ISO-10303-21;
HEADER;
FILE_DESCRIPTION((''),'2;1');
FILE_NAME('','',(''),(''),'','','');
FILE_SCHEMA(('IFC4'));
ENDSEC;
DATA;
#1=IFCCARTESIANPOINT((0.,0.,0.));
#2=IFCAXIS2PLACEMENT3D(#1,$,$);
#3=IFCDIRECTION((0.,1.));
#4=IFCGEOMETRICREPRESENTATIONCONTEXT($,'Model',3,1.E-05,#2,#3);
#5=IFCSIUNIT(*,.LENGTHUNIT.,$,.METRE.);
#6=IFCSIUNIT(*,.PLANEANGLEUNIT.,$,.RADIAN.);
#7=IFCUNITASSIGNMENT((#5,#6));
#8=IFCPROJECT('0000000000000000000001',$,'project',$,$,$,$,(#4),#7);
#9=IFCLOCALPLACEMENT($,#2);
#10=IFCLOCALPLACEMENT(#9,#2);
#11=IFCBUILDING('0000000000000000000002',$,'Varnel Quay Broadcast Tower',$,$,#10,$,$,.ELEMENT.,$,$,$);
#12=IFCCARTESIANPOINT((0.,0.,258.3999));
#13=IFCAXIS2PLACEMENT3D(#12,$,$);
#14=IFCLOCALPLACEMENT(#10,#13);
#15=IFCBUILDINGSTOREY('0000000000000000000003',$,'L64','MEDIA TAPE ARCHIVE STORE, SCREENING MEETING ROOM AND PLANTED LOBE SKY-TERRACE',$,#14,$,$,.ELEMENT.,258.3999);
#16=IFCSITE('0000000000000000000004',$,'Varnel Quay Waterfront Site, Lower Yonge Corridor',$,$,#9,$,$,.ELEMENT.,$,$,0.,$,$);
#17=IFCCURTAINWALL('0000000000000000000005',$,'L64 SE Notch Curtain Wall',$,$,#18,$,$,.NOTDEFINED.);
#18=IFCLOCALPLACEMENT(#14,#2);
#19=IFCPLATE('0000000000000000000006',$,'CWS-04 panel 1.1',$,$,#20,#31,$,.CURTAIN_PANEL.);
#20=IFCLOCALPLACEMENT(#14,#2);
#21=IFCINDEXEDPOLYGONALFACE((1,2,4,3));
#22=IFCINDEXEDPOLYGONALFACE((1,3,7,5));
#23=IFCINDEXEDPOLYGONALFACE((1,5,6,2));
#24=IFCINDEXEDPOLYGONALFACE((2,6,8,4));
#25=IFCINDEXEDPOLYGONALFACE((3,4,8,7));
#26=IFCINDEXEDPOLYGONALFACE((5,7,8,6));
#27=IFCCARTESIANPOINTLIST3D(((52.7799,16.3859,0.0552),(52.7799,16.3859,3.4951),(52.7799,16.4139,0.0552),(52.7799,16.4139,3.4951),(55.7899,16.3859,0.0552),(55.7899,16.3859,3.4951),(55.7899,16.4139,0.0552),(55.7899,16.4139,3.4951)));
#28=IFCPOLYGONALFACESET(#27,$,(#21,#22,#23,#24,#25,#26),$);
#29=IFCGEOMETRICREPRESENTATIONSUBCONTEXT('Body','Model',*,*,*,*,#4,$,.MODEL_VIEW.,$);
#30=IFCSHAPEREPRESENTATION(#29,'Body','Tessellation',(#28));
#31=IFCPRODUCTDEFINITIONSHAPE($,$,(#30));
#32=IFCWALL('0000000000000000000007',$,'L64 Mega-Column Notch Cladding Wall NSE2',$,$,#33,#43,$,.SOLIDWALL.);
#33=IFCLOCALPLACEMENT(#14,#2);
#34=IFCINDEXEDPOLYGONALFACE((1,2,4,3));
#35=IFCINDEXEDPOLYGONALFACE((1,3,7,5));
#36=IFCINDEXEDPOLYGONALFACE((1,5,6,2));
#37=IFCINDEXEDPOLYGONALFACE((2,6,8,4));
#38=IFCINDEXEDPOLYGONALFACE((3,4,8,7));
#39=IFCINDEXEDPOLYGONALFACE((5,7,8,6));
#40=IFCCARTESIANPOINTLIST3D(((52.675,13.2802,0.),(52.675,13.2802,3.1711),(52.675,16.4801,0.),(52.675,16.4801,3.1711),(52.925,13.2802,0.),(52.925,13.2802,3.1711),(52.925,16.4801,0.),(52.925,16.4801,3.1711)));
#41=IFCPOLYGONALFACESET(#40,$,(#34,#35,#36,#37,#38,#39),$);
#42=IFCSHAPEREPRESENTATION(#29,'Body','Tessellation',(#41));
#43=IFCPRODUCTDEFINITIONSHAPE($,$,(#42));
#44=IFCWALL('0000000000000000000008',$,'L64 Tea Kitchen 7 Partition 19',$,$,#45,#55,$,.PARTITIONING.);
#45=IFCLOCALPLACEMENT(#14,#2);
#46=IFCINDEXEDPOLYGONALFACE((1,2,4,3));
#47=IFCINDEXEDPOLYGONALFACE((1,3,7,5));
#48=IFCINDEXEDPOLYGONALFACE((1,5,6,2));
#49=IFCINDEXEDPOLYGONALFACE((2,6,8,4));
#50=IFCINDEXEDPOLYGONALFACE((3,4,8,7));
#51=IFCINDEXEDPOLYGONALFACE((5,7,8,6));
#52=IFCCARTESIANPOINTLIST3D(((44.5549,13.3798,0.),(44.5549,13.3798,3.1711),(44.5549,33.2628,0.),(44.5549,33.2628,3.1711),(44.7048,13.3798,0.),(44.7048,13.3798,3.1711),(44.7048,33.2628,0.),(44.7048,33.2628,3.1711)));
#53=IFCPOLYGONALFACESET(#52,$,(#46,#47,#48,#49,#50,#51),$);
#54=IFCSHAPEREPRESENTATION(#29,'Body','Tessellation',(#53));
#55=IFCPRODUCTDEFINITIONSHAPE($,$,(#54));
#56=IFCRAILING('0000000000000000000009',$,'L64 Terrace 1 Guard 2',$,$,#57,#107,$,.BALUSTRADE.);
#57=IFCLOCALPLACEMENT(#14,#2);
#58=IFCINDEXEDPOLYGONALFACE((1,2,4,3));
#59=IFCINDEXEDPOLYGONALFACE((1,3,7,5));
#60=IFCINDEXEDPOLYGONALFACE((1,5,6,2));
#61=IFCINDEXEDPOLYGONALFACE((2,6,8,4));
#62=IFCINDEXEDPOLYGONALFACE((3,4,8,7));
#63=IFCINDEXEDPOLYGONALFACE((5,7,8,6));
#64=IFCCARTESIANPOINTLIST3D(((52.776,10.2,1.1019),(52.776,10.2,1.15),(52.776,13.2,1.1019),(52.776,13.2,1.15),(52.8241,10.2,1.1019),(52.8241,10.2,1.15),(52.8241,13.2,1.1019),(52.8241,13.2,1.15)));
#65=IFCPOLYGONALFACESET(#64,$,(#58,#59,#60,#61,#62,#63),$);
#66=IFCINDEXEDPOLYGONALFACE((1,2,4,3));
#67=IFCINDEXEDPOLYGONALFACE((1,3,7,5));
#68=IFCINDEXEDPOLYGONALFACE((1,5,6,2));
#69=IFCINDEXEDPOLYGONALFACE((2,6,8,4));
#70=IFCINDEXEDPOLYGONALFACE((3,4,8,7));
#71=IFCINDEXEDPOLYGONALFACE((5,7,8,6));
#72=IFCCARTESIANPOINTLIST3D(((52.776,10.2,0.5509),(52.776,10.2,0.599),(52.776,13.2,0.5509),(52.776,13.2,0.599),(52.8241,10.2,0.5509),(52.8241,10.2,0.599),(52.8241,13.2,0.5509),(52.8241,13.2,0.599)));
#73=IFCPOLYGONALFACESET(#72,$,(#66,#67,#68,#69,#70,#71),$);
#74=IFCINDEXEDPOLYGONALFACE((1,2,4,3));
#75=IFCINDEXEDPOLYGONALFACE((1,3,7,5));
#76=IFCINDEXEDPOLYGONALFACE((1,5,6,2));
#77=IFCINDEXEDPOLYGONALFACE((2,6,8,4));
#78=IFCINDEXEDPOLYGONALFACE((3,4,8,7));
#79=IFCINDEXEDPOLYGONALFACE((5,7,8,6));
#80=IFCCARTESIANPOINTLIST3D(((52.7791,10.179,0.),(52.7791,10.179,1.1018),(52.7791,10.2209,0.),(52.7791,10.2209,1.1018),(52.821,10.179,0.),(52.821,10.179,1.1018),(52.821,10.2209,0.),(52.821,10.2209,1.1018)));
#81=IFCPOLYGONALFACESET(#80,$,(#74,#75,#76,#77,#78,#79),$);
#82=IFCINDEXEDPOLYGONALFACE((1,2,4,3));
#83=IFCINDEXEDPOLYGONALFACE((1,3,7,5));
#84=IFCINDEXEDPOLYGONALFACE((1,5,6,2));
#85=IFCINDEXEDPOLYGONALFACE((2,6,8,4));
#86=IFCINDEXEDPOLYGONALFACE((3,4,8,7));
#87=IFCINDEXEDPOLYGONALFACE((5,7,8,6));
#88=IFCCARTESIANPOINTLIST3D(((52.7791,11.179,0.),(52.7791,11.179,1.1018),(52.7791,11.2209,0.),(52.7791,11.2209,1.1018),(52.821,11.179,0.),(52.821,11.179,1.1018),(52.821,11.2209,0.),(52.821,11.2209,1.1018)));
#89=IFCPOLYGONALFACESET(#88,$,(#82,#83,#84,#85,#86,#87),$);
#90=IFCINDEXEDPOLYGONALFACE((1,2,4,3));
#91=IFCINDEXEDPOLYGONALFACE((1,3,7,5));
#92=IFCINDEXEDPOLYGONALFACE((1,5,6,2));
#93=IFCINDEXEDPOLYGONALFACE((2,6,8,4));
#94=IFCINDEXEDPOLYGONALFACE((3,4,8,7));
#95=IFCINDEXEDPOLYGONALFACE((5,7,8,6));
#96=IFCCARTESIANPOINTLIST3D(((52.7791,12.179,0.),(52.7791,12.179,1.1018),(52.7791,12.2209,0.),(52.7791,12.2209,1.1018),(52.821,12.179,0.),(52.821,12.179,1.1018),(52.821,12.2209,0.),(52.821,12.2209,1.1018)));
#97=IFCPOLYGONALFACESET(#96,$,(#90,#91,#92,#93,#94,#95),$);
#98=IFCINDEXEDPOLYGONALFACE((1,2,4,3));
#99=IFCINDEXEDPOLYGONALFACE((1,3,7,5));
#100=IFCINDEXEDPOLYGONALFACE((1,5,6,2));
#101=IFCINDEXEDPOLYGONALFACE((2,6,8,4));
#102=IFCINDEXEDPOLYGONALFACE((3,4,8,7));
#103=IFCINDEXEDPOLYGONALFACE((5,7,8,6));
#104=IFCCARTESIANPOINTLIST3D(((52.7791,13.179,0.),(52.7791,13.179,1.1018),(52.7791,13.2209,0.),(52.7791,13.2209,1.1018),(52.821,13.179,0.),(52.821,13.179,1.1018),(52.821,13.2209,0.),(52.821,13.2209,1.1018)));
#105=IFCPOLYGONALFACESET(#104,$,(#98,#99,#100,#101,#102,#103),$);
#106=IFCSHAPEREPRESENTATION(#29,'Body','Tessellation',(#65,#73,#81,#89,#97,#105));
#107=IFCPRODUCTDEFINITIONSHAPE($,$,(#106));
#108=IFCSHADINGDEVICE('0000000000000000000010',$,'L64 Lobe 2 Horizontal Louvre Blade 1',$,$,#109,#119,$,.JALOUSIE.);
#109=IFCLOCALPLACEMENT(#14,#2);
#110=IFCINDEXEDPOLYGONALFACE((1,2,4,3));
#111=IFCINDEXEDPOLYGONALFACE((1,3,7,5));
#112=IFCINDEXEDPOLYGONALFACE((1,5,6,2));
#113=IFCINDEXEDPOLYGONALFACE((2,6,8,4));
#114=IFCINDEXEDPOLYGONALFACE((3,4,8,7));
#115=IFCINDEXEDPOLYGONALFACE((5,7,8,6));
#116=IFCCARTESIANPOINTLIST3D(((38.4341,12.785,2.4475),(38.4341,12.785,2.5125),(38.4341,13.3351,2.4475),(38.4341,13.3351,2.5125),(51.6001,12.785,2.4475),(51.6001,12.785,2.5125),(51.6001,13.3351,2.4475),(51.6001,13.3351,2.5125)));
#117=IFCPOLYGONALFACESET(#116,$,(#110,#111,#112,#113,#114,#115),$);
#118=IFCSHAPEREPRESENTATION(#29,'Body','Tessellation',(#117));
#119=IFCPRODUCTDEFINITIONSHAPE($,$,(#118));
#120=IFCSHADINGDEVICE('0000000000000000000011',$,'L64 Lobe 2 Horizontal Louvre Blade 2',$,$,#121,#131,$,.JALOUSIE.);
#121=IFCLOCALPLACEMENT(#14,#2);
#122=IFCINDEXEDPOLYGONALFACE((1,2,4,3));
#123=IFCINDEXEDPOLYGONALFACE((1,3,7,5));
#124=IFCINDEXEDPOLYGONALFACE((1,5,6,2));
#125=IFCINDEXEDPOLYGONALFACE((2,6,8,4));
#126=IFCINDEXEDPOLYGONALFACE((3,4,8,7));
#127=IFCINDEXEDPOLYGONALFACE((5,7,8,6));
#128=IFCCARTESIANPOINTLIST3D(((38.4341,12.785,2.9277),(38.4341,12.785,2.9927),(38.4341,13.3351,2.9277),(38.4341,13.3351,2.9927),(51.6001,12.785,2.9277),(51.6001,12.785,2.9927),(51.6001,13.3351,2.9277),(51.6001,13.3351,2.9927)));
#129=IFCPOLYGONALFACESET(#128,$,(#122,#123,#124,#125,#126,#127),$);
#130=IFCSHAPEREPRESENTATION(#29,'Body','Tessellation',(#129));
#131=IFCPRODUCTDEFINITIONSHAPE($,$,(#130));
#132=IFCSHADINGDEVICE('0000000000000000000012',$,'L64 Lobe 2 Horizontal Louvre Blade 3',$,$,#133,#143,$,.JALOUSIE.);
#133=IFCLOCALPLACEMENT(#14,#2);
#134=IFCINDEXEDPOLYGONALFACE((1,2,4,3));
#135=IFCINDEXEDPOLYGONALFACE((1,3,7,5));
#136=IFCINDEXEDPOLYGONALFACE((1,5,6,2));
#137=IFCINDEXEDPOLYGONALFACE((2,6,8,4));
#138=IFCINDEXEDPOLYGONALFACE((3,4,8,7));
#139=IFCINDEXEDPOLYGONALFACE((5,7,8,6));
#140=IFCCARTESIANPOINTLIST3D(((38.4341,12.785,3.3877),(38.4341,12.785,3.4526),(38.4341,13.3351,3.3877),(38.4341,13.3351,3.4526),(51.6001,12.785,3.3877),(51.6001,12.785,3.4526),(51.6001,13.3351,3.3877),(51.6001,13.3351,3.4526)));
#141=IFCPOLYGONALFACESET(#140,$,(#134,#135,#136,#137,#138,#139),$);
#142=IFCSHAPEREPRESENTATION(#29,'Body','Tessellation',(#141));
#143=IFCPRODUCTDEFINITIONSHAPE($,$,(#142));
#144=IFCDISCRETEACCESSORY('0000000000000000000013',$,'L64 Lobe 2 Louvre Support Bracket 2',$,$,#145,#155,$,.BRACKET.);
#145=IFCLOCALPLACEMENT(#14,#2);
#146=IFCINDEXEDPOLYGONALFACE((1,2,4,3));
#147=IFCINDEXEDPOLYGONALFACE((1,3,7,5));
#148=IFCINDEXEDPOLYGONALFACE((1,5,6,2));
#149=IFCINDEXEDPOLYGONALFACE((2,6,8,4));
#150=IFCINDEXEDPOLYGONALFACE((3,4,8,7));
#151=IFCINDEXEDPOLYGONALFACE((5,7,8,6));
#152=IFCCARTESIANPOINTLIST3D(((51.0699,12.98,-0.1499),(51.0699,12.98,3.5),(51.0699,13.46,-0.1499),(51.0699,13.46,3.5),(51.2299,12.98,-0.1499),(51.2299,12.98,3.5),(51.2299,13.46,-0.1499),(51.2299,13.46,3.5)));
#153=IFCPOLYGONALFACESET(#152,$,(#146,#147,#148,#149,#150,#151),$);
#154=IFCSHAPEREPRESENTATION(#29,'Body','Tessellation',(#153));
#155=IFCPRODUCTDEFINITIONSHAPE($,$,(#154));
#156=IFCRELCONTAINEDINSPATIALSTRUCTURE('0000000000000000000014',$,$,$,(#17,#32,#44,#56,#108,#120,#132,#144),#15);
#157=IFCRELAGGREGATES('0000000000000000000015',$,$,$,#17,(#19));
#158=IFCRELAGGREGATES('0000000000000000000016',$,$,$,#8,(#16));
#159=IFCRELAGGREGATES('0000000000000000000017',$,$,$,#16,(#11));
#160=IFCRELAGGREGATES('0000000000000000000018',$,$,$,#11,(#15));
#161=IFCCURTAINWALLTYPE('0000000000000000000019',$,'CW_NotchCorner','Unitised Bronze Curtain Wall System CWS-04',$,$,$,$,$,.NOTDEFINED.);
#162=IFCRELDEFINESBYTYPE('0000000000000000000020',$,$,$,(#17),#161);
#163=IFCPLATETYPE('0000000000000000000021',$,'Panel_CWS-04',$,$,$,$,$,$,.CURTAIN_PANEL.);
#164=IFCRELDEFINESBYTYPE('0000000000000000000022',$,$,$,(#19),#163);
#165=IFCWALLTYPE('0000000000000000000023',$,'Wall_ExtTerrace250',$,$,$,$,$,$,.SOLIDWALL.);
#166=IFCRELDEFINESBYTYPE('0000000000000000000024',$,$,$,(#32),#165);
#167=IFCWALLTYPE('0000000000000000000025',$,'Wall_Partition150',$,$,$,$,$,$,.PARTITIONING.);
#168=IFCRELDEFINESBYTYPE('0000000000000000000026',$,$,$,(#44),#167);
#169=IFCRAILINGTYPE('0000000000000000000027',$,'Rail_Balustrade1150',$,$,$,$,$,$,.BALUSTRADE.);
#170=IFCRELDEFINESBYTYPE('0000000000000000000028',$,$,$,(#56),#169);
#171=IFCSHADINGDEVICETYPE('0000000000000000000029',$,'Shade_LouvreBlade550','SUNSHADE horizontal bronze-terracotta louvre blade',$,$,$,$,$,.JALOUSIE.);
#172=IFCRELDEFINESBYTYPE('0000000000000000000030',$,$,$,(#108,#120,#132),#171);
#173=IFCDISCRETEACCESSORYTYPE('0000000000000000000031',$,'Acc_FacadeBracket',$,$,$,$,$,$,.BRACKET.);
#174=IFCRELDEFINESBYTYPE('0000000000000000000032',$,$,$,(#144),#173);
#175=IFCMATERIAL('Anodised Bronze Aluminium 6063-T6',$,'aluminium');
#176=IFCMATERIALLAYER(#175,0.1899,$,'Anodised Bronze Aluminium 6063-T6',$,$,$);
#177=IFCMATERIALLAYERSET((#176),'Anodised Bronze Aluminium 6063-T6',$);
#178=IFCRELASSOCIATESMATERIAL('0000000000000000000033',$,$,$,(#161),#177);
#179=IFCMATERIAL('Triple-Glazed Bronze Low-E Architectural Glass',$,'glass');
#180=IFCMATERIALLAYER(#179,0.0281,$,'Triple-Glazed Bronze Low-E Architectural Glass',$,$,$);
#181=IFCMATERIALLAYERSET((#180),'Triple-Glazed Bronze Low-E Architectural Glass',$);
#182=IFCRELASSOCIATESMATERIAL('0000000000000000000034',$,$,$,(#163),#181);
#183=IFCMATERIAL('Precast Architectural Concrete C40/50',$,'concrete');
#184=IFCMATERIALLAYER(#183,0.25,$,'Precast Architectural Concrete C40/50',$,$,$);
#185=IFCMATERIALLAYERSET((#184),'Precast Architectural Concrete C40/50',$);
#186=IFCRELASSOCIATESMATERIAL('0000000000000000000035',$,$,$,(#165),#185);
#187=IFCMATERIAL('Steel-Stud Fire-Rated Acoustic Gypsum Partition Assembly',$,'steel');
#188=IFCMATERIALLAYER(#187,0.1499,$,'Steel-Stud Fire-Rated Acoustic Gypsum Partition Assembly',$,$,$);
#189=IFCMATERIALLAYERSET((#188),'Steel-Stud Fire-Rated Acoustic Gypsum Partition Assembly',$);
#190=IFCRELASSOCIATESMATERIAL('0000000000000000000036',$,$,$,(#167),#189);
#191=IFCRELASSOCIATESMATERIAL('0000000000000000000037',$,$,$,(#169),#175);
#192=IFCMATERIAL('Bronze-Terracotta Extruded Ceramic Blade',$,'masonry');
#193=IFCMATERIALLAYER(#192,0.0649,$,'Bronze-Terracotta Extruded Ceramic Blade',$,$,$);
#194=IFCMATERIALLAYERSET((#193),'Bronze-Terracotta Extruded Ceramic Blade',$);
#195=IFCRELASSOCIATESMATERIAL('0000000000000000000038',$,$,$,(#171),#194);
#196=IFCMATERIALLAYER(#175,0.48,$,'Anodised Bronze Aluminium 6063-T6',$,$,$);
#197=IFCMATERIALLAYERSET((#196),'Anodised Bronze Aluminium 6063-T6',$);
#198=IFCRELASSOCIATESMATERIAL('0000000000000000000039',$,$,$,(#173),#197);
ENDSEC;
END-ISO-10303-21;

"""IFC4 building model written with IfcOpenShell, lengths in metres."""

from ifc_helpers import new_model, si_unit, direction, frame, frame_2d, origin, origin_2d, place, context, subcontext, project, spatial, rectangle, extrude, source, transform, mapped, material, layer, layer_set, type_object, type_shapes, element, aggregate, save


model = new_model("IFC4")

# Units and contexts
model_context = context("Model", 3, precision=1e-05, world=origin(), true_north=direction((0.0, 1.0)))
body_context = subcontext(model_context, "Body", "Model", "MODEL_VIEW")
ifc_project = project(units=[si_unit("LENGTHUNIT", "METRE"), si_unit("PLANEANGLEUNIT", "RADIAN")], contexts=[model_context])

# Site, building, storey
site_placement = place(None, origin())
site = spatial("IfcSite", under=ifc_project, at=site_placement, Name="Varnel Quay Waterfront Site, Lower Yonge Corridor", CompositionType="ELEMENT", RefElevation=0.0)
building_placement = place(site_placement, origin())
building = spatial("IfcBuilding", under=site, at=building_placement, Name="Varnel Quay Broadcast Tower", CompositionType="ELEMENT")
storey_placement = place(building_placement, frame((0.0, 0.0, 258.3999)))
storey = spatial("IfcBuildingStorey", under=building, at=storey_placement, Name="L64", Description="MEDIA TAPE ARCHIVE STORE, SCREENING MEETING ROOM AND PLANTED LOBE SKY-TERRACE", CompositionType="ELEMENT", Elevation=258.3999)

# Curtain wall
ifc_material_1 = material(Name="Anodised Bronze Aluminium 6063-T6", Category="aluminium")
ifc_layer_1 = layer(ifc_material_1, 0.1899, Name="Anodised Bronze Aluminium 6063-T6")
ifc_layer_set_1 = layer_set([ifc_layer_1], Name="Anodised Bronze Aluminium 6063-T6")
curtain_wall_type_1 = type_object("IfcCurtainWallType", Name="CW_NotchCorner", Description="Unitised Bronze Curtain Wall System CWS-04", PredefinedType="NOTDEFINED", material=ifc_layer_set_1)
curtain_wall_1_placement = place(storey_placement, origin())
curtain_wall_1 = element("IfcCurtainWall", 1, at=curtain_wall_1_placement, inside=storey, type_object=curtain_wall_type_1, Name="L64 SE Notch Curtain Wall", PredefinedType="NOTDEFINED")

# Plate
ifc_material_2 = material(Name="Triple-Glazed Bronze Low-E Architectural Glass", Category="glass")
ifc_layer_2 = layer(ifc_material_2, 0.0281, Name="Triple-Glazed Bronze Low-E Architectural Glass")
ifc_layer_set_2 = layer_set([ifc_layer_2], Name="Triple-Glazed Bronze Low-E Architectural Glass")
plate_type_1 = type_object("IfcPlateType", Name="Panel_CWS-04", PredefinedType="CURTAIN_PANEL", material=ifc_layer_set_2)
shared_shape_1 = source(origin(), body_context, "Body", "SweptSolid", [
    extrude(rectangle(XDim=3.01, YDim=0.0281, at=origin_2d()), origin(), (0.0, 0.0, 1.0), 3.4399),
])
type_shapes(plate_type_1, [shared_shape_1])
plate_1_placement = place(storey_placement, frame((54.2849, 16.3999, 0.0552), z_axis=(0.0, 0.0, 1.0), x_axis=(1.0, 0.0, 0.0)))
plate_1 = element("IfcPlate", 2, at=plate_1_placement, type_object=plate_type_1, Name="CWS-04 panel 1.1", PredefinedType="CURTAIN_PANEL", context=body_context, shape_type="MappedRepresentation", body=[
    mapped(shared_shape_1, transform((0.0, 0.0, 0.0), x_axis=(1.0, 0.0, 0.0), y_axis=(0.0, 1.0, 0.0), z_axis=(0.0, 0.0, 1.0), scale=1.0)),
])
aggregate(curtain_wall_1, [plate_1])

# Walls
ifc_material_3 = material(Name="Precast Architectural Concrete C40/50", Category="concrete")
ifc_layer_3 = layer(ifc_material_3, 0.25, Name="Precast Architectural Concrete C40/50")
ifc_layer_set_3 = layer_set([ifc_layer_3], Name="Precast Architectural Concrete C40/50")
wall_type_1 = type_object("IfcWallType", Name="Wall_ExtTerrace250", PredefinedType="SOLIDWALL", material=ifc_layer_set_3)
wall_1_placement = place(storey_placement, frame((52.8, 13.28, 0.0), z_axis=(0.0, 0.0, 1.0), x_axis=(0.0, 1.0, 0.0)))
element("IfcWall", 3, at=wall_1_placement, inside=storey, type_object=wall_type_1, Name="L64 Mega-Column Notch Cladding Wall NSE2", PredefinedType="SOLIDWALL", context=body_context, shape_type="SweptSolid", body=[
    extrude(rectangle(XDim=3.2, YDim=0.25, at=frame_2d((1.6001, 0.0))), origin(), (0.0, 0.0, 1.0), 3.1711),
])
ifc_material_4 = material(Name="Steel-Stud Fire-Rated Acoustic Gypsum Partition Assembly", Category="steel")
ifc_layer_4 = layer(ifc_material_4, 0.1499, Name="Steel-Stud Fire-Rated Acoustic Gypsum Partition Assembly")
ifc_layer_set_4 = layer_set([ifc_layer_4], Name="Steel-Stud Fire-Rated Acoustic Gypsum Partition Assembly")
wall_type_2 = type_object("IfcWallType", Name="Wall_Partition150", PredefinedType="PARTITIONING", material=ifc_layer_set_4)
wall_2_placement = place(storey_placement, frame((44.6299, 13.3799, 0.0), z_axis=(0.0, 0.0, 1.0), x_axis=(0.0, 1.0, 0.0)))
element("IfcWall", 4, at=wall_2_placement, inside=storey, type_object=wall_type_2, Name="L64 Tea Kitchen 7 Partition 19", PredefinedType="PARTITIONING", context=body_context, shape_type="SweptSolid", body=[
    extrude(rectangle(XDim=19.8831, YDim=0.1499, at=frame_2d((9.9414, 0.0))), origin(), (0.0, 0.0, 1.0), 3.1711),
])

# Railing
railing_type = type_object("IfcRailingType", Name="Rail_Balustrade1150", PredefinedType="BALUSTRADE", material=ifc_material_1)
railing_placement = place(storey_placement, frame((52.8, 10.2, 0.0)))
element("IfcRailing", 5, at=railing_placement, inside=storey, type_object=railing_type, Name="L64 Terrace 1 Guard 2", PredefinedType="BALUSTRADE", context=body_context, shape_type="SweptSolid", body=[
    extrude(rectangle(XDim=0.0481, YDim=0.0481, at=origin_2d()), frame((0.0, 0.0, 1.126), z_axis=(0.0, 1.0, 0.0), x_axis=(-1.0, 0.0, 0.0)), (0.0, 0.0, 1.0), 3.0),
    extrude(rectangle(XDim=0.0481, YDim=0.0481, at=origin_2d()), frame((0.0, 0.0, 0.575), z_axis=(0.0, 1.0, 0.0), x_axis=(-1.0, 0.0, 0.0)), (0.0, 0.0, 1.0), 3.0),
    extrude(rectangle(XDim=0.042, YDim=0.042, at=origin_2d()), origin(), (0.0, 0.0, 1.0), 1.1018),
    extrude(rectangle(XDim=0.042, YDim=0.042, at=origin_2d()), frame((0.0, 1.0, 0.0)), (0.0, 0.0, 1.0), 1.1018),
    extrude(rectangle(XDim=0.042, YDim=0.042, at=origin_2d()), frame((0.0, 2.0, 0.0)), (0.0, 0.0, 1.0), 1.1018),
    extrude(rectangle(XDim=0.042, YDim=0.042, at=origin_2d()), frame((0.0, 3.0, 0.0)), (0.0, 0.0, 1.0), 1.1018),
])

# Shading devices
ifc_material_5 = material(Name="Bronze-Terracotta Extruded Ceramic Blade", Category="masonry")
ifc_layer_5 = layer(ifc_material_5, 0.0649, Name="Bronze-Terracotta Extruded Ceramic Blade")
ifc_layer_set_5 = layer_set([ifc_layer_5], Name="Bronze-Terracotta Extruded Ceramic Blade")
shading_device_type = type_object("IfcShadingDeviceType", Name="Shade_LouvreBlade550", Description="SUNSHADE horizontal bronze-terracotta louvre blade", PredefinedType="JALOUSIE", material=ifc_layer_set_5)
shared_shape_2 = source(origin(), body_context, "Body", "SweptSolid", [
    extrude(rectangle(XDim=13.166, YDim=0.55, at=origin_2d()), origin(), (0.0, 0.0, 1.0), 0.0649),
])
type_shapes(shading_device_type, [shared_shape_2])
for number, where, z_axis, x_axis, name in (
    (6, (45.0171, 13.0601, 2.4475), (0.0, 0.0, 1.0), (1.0, 0.0, 0.0), "L64 Lobe 2 Horizontal Louvre Blade 1"),
    (7, (45.0171, 13.0601, 2.9277), (0.0, 0.0, 1.0), (1.0, 0.0, 0.0), "L64 Lobe 2 Horizontal Louvre Blade 2"),
    (8, (45.0171, 13.0601, 3.3877), (0.0, 0.0, 1.0), (1.0, 0.0, 0.0), "L64 Lobe 2 Horizontal Louvre Blade 3"),
):
    element("IfcShadingDevice", number, at=place(storey_placement, frame(where, z_axis=z_axis, x_axis=x_axis)), inside=storey, type_object=shading_device_type, Name=name, PredefinedType="JALOUSIE", context=body_context, shape_type="MappedRepresentation", body=[
        mapped(shared_shape_2, transform((0.0, 0.0, 0.0), x_axis=(1.0, 0.0, 0.0), y_axis=(0.0, 1.0, 0.0), z_axis=(0.0, 0.0, 1.0), scale=1.0)),
    ])

# Discrete accessory
ifc_layer_6 = layer(ifc_material_1, 0.48, Name="Anodised Bronze Aluminium 6063-T6")
ifc_layer_set_6 = layer_set([ifc_layer_6], Name="Anodised Bronze Aluminium 6063-T6")
discrete_accessory_type = type_object("IfcDiscreteAccessoryType", Name="Acc_FacadeBracket", PredefinedType="BRACKET", material=ifc_layer_set_6)
shared_shape_3 = source(origin(), body_context, "Body", "SweptSolid", [
    extrude(rectangle(XDim=0.1599, YDim=0.48, at=origin_2d()), origin(), (0.0, 0.0, 1.0), 3.6499),
])
type_shapes(discrete_accessory_type, [shared_shape_3])
discrete_accessory_placement = place(storey_placement, frame((51.1499, 13.22, -0.1499), z_axis=(0.0, 0.0, 1.0), x_axis=(1.0, 0.0, 0.0)))
element("IfcDiscreteAccessory", 9, at=discrete_accessory_placement, inside=storey, type_object=discrete_accessory_type, Name="L64 Lobe 2 Louvre Support Bracket 2", PredefinedType="BRACKET", context=body_context, shape_type="MappedRepresentation", body=[
    mapped(shared_shape_3, transform((0.0, 0.0, 0.0), x_axis=(1.0, 0.0, 0.0), y_axis=(0.0, 1.0, 0.0), z_axis=(0.0, 0.0, 1.0), scale=1.0)),
])

save(model, "model.ifc")
